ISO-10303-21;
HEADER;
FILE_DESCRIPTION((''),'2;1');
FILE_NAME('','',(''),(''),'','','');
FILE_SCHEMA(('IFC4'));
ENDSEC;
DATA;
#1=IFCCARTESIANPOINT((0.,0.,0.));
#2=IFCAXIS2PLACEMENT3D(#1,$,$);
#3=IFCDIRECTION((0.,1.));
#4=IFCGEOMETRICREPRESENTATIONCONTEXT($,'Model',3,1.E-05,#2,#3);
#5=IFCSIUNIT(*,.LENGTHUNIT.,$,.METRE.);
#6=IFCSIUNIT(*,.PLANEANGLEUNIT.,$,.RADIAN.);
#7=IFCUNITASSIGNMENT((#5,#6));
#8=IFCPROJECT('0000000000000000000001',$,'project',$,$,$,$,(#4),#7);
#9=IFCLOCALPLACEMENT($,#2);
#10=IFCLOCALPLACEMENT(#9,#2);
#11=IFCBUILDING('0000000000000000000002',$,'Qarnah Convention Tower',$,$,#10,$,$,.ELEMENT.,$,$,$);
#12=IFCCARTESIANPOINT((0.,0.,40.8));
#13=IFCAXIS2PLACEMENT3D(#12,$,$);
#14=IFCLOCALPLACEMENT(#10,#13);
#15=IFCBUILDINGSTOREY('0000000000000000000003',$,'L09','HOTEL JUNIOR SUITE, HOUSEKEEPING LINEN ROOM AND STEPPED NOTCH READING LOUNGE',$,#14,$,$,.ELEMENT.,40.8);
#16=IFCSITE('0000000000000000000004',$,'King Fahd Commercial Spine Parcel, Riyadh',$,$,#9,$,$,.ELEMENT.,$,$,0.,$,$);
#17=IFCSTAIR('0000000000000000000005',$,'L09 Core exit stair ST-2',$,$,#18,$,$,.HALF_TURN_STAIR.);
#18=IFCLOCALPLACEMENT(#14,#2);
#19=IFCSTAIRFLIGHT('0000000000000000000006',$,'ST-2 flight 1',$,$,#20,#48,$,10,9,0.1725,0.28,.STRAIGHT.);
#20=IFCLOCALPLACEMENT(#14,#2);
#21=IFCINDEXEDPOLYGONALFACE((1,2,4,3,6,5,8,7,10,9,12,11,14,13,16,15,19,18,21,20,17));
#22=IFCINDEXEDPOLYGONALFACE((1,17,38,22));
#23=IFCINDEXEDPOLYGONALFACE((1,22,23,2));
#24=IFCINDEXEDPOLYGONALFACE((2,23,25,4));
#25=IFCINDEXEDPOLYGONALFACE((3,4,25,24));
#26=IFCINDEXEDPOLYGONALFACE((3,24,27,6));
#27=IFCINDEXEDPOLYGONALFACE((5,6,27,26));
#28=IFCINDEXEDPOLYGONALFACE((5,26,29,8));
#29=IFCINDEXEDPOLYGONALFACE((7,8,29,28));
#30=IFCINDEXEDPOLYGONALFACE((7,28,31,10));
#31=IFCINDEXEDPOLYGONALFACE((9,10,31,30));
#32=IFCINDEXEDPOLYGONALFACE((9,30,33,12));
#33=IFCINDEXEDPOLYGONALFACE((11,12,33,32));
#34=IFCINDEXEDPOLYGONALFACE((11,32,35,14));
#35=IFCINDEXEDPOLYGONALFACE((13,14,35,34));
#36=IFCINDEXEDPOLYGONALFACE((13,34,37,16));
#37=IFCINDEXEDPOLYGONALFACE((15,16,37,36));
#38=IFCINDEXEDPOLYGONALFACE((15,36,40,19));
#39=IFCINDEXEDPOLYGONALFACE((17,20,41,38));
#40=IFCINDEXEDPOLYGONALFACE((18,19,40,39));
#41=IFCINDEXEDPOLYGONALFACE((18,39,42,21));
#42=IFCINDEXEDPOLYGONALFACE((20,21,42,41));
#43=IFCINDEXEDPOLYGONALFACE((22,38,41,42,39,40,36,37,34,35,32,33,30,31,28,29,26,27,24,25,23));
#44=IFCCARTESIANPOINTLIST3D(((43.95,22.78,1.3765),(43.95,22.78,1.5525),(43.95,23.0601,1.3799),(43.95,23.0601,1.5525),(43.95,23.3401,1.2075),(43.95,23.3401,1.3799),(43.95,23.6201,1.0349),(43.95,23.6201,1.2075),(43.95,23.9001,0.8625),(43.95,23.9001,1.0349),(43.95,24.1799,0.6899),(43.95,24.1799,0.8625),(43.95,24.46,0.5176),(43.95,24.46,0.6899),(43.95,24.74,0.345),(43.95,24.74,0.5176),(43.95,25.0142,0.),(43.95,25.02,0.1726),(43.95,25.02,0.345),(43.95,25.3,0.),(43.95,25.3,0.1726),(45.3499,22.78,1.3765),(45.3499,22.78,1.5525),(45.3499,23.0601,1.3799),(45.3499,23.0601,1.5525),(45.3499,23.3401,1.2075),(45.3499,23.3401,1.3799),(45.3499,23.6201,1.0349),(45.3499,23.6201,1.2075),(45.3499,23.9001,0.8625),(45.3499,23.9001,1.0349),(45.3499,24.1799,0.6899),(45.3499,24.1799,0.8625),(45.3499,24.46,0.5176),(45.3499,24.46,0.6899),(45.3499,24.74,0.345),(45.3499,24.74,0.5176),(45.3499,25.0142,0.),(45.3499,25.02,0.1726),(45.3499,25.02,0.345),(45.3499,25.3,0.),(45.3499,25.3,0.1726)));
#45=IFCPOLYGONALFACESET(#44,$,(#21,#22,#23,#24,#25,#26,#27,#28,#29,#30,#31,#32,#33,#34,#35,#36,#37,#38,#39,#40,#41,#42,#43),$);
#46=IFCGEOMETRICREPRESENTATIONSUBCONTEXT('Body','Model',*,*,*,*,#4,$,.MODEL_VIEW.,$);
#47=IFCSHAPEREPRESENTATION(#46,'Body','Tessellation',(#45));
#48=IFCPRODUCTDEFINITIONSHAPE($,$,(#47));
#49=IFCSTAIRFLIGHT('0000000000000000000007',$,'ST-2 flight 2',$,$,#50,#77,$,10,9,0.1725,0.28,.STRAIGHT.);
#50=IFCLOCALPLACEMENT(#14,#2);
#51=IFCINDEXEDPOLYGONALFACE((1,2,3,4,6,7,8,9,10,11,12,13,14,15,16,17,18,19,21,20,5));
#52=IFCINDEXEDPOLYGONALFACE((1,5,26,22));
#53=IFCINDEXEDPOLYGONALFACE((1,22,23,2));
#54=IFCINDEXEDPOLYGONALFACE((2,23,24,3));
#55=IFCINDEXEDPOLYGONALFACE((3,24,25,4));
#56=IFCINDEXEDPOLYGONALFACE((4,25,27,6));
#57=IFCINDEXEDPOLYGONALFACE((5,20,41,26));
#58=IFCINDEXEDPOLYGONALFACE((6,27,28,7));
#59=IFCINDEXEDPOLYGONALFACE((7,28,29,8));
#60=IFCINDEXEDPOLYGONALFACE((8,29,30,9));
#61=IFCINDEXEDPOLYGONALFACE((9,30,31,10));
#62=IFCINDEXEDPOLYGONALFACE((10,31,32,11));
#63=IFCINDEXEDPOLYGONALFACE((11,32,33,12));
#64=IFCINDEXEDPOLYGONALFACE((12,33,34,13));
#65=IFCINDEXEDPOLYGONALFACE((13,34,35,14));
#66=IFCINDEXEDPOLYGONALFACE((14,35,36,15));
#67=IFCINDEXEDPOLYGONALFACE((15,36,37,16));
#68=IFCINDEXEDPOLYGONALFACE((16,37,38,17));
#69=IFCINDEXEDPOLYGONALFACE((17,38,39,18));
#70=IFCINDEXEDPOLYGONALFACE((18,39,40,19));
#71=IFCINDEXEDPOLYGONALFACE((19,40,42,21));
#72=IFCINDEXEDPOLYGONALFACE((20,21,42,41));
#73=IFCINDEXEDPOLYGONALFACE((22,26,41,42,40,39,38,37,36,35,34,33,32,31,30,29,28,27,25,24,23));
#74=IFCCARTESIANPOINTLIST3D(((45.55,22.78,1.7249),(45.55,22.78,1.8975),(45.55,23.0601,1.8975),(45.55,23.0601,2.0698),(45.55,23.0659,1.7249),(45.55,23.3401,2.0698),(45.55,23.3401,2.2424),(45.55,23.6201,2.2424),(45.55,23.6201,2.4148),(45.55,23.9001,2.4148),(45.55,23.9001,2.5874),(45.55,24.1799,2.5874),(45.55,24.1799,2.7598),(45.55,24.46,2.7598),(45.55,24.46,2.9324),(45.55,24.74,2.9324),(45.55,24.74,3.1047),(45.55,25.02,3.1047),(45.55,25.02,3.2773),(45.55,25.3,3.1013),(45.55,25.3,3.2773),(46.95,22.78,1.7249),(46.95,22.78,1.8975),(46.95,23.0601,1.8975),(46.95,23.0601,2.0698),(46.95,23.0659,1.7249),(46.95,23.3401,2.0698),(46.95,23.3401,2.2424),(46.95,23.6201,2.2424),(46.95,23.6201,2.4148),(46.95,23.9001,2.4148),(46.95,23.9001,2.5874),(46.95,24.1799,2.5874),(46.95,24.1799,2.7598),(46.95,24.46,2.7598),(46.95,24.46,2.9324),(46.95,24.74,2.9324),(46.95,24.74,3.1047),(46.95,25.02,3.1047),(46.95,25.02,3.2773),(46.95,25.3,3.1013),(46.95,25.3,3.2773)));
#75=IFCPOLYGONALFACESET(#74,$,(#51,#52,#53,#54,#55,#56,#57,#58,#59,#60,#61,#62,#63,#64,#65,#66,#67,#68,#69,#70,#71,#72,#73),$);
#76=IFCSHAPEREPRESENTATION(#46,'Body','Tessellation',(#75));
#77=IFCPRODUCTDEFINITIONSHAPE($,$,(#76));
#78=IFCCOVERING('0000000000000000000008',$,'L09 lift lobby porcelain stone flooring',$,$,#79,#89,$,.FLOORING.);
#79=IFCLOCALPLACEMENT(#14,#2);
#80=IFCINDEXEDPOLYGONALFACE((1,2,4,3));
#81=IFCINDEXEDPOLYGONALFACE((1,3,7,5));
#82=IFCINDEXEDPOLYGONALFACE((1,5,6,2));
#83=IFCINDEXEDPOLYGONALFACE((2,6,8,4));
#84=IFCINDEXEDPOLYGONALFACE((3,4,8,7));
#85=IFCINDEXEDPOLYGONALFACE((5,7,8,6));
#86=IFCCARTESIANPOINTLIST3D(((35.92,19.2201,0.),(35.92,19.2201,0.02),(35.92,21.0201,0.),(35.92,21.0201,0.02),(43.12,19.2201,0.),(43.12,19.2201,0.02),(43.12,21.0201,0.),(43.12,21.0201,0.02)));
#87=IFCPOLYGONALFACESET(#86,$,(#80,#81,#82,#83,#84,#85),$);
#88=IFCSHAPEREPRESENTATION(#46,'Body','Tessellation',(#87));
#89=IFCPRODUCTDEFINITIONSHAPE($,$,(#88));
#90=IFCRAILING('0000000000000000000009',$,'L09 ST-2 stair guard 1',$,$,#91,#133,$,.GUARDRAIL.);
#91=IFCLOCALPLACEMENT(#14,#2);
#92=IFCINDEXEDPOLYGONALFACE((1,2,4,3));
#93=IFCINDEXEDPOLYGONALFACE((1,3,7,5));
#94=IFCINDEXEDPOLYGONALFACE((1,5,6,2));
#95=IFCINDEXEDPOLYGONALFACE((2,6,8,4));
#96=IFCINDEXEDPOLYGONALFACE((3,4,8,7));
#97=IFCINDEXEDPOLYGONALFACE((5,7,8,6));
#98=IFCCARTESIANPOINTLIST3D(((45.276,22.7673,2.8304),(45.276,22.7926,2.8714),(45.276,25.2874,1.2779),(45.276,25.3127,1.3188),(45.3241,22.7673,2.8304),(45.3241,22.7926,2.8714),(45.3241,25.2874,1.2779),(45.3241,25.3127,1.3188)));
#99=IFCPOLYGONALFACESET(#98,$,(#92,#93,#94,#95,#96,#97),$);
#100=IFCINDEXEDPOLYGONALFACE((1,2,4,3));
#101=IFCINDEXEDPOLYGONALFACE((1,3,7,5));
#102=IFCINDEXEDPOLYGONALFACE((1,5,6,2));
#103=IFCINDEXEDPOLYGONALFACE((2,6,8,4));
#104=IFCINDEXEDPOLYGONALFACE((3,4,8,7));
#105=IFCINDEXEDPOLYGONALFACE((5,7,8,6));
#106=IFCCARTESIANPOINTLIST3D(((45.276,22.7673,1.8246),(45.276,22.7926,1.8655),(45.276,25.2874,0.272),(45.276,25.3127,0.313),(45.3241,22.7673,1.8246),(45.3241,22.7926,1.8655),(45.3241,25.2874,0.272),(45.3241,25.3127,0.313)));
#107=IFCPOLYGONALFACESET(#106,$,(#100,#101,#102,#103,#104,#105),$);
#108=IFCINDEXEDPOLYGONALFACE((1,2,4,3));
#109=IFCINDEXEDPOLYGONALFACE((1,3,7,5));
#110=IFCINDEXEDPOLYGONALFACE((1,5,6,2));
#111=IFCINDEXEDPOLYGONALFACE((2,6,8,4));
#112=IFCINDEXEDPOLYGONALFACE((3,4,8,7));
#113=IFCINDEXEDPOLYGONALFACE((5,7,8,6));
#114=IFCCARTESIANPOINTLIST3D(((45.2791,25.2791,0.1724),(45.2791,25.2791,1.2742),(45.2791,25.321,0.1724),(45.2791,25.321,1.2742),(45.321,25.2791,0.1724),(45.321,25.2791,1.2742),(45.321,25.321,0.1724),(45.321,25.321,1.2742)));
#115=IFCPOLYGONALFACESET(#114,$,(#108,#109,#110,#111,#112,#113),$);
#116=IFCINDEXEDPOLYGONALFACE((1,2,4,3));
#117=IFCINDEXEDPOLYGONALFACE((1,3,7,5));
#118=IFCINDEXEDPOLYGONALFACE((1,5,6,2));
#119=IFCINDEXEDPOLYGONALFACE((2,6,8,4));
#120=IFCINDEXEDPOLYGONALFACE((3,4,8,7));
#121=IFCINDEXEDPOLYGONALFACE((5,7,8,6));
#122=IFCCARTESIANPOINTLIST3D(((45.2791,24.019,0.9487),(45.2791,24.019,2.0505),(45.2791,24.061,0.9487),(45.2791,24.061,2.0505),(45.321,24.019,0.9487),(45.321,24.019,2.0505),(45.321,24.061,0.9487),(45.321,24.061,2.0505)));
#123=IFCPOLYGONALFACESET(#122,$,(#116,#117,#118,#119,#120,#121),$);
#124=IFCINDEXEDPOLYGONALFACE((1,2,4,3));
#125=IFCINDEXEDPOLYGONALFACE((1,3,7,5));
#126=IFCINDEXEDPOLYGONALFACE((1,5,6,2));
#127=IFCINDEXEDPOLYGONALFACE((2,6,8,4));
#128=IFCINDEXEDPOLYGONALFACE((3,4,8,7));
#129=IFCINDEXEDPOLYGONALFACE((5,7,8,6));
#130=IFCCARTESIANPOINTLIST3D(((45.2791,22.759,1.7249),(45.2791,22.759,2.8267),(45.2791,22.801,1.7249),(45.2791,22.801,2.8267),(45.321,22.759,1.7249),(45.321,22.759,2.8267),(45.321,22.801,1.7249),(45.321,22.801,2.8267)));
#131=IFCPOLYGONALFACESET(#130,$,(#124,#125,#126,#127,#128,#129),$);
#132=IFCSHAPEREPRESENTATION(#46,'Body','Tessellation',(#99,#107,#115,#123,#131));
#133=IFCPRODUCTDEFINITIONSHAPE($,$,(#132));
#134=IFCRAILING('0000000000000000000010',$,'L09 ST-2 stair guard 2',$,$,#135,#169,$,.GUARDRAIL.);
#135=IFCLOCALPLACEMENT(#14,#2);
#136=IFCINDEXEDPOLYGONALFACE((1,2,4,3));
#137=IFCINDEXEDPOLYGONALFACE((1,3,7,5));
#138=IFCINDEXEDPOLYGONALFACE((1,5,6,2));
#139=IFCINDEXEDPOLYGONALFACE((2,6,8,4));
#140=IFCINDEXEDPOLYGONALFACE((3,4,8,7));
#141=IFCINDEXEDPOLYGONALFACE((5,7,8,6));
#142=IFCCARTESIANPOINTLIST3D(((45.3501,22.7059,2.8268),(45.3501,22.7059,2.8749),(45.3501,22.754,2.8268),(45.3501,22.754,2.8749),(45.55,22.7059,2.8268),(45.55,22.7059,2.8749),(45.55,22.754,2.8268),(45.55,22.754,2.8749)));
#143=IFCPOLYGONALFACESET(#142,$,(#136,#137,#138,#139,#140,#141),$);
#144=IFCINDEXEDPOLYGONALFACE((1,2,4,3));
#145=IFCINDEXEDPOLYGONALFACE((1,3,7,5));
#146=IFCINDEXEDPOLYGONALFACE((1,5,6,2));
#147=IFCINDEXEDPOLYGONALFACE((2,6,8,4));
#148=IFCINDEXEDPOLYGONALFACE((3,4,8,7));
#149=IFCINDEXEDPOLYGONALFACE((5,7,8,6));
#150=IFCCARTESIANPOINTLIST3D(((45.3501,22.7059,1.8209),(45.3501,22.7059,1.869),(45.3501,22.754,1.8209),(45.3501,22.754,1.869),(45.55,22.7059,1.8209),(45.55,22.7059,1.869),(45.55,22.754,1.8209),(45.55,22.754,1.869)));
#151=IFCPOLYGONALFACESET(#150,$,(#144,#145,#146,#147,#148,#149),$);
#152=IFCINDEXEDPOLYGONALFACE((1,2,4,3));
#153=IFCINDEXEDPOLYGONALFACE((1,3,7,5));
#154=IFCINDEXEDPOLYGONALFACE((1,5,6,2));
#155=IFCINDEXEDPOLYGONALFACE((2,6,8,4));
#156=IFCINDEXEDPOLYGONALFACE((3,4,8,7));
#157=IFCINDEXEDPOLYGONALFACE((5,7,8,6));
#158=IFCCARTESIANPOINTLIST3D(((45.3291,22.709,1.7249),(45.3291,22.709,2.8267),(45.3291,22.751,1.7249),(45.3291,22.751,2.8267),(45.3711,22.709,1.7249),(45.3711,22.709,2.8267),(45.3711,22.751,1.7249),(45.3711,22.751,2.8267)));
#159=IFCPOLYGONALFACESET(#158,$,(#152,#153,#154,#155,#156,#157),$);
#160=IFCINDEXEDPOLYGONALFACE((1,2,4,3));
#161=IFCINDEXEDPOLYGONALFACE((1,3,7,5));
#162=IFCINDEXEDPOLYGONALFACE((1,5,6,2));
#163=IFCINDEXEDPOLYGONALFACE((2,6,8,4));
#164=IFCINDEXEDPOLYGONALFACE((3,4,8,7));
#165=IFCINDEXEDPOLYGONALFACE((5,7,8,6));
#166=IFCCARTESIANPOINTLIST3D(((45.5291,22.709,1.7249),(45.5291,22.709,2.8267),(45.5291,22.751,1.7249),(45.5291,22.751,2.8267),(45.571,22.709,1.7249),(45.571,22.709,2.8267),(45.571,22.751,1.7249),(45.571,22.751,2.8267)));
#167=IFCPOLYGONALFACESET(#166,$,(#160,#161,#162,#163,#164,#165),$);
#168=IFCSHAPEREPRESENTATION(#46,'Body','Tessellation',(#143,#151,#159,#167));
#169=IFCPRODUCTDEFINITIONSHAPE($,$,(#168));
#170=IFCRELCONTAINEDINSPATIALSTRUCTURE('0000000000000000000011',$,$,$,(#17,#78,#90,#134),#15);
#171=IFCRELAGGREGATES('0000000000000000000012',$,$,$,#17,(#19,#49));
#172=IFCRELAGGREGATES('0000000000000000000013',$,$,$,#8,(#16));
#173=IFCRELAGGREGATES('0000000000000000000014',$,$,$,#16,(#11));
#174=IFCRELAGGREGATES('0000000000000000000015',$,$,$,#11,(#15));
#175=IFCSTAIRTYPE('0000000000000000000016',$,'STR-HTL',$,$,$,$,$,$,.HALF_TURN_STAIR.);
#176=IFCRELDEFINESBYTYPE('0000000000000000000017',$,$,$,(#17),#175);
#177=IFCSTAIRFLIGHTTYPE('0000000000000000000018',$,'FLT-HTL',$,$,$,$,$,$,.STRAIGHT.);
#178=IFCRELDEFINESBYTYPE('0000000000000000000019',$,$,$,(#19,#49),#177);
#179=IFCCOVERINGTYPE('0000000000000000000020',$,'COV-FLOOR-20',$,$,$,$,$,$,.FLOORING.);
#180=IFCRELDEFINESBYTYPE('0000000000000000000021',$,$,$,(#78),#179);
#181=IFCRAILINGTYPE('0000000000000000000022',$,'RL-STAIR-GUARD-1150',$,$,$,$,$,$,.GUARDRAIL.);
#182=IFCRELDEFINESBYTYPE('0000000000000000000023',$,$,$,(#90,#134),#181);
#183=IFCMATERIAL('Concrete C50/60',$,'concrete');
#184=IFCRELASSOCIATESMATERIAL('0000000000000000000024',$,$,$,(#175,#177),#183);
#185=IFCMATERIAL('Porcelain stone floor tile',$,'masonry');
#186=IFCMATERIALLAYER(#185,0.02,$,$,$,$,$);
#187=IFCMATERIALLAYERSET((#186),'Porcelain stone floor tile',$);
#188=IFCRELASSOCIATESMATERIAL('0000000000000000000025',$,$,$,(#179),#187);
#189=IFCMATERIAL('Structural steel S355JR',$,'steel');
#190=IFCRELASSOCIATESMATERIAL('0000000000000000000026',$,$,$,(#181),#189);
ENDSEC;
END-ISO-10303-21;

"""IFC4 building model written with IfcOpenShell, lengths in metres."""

from ifc_helpers import new_model, si_unit, direction, frame, origin, origin_2d, place, context, subcontext, project, spatial, polyline, rectangle, outline, extrude, material, layer, layer_set, type_object, element, aggregate, save


model = new_model("IFC4")

# Units and contexts
model_context = context("Model", 3, precision=1e-05, world=origin(), true_north=direction((0.0, 1.0)))
body_context = subcontext(model_context, "Body", "Model", "MODEL_VIEW")
ifc_project = project(units=[si_unit("LENGTHUNIT", "METRE"), si_unit("PLANEANGLEUNIT", "RADIAN")], contexts=[model_context])

# Site, building, storey
site_placement = place(None, origin())
site = spatial("IfcSite", under=ifc_project, at=site_placement, Name="King Fahd Commercial Spine Parcel, Riyadh", CompositionType="ELEMENT", RefElevation=0.0)
building_placement = place(site_placement, origin())
building = spatial("IfcBuilding", under=site, at=building_placement, Name="Qarnah Convention Tower", CompositionType="ELEMENT")
storey_placement = place(building_placement, frame((0.0, 0.0, 40.8)))
storey = spatial("IfcBuildingStorey", under=building, at=storey_placement, Name="L09", Description="HOTEL JUNIOR SUITE, HOUSEKEEPING LINEN ROOM AND STEPPED NOTCH READING LOUNGE", CompositionType="ELEMENT", Elevation=40.8)

# Shared definitions
ifc_material_1 = material(Name="Structural steel S355JR", Category="steel")

# Stair, stair flights
ifc_material_2 = material(Name="Concrete C50/60", Category="concrete")
stair_type = type_object("IfcStairType", Name="STR-HTL", PredefinedType="HALF_TURN_STAIR", material=ifc_material_2)
stair_placement = place(storey_placement, origin())
stair = element("IfcStair", 1, at=stair_placement, inside=storey, type_object=stair_type, Name="L09 Core exit stair ST-2", PredefinedType="HALF_TURN_STAIR")
stair_flight_type = type_object("IfcStairFlightType", Name="FLT-HTL", PredefinedType="STRAIGHT", material=ifc_material_2)
stair_flight_1_placement = place(storey_placement, frame((44.6499, 25.3, 0.0), z_axis=(0.0, 0.0, 1.0), x_axis=(0.0, -1.0, 0.0)))
stair_flight_1 = element("IfcStairFlight", 2, at=stair_flight_1_placement, type_object=stair_flight_type, Name="ST-2 flight 1", NumberOfRisers=10, NumberOfTreads=9, PredefinedType="STRAIGHT", RiserHeight=0.1725, TreadLength=0.28, context=body_context, shape_type="SweptSolid", body=[
    extrude(outline(polyline([(0.0, 0.0), (0.0, 0.1726), (0.28, 0.1726), (0.28, 0.345), (0.5601, 0.345), (0.5601, 0.5176), (0.8401, 0.5176), (0.8401, 0.6899), (1.1201, 0.6899), (1.1201, 0.8625), (1.3999, 0.8625), (1.3999, 1.0349), (1.6799, 1.0349), (1.6799, 1.2075), (1.96, 1.2075), (1.96, 1.3799), (2.24, 1.3799), (2.24, 1.5525), (2.52, 1.5525), (2.52, 1.7251), (2.52, 1.3765), (0.2859, 0.0), (0.0, 0.0)])), frame((0.0, 0.7, 0.0), z_axis=(0.0, -1.0, 0.0), x_axis=(1.0, 0.0, 0.0)), (0.0, 0.0, 1.0), 1.3999),
])
stair_flight_2_placement = place(storey_placement, frame((46.25, 22.78, 1.7249), z_axis=(0.0, 0.0, 1.0), x_axis=(0.0, 1.0, 0.0)))
stair_flight_2 = element("IfcStairFlight", 3, at=stair_flight_2_placement, type_object=stair_flight_type, Name="ST-2 flight 2", NumberOfRisers=10, NumberOfTreads=9, PredefinedType="STRAIGHT", RiserHeight=0.1725, TreadLength=0.28, context=body_context, shape_type="SweptSolid", body=[
    extrude(outline(polyline([(0.0, 0.0), (0.0, 0.1726), (0.28, 0.1726), (0.28, 0.345), (0.5601, 0.345), (0.5601, 0.5176), (0.8401, 0.5176), (0.8401, 0.6899), (1.1201, 0.6899), (1.1201, 0.8625), (1.3999, 0.8625), (1.3999, 1.0349), (1.6799, 1.0349), (1.6799, 1.2075), (1.96, 1.2075), (1.96, 1.3799), (2.24, 1.3799), (2.24, 1.5525), (2.52, 1.5525), (2.52, 1.7251), (2.52, 1.3765), (0.2859, 0.0), (0.0, 0.0)])), frame((0.0, 0.7, 0.0), z_axis=(0.0, -1.0, 0.0), x_axis=(1.0, 0.0, 0.0)), (0.0, 0.0, 1.0), 1.3999),
])
aggregate(stair, [stair_flight_1, stair_flight_2])

# Covering
ifc_material_3 = material(Name="Porcelain stone floor tile", Category="masonry")
ifc_layer_1 = layer(ifc_material_3, 0.02)
ifc_layer_set_1 = layer_set([ifc_layer_1], Name="Porcelain stone floor tile")
covering_type = type_object("IfcCoveringType", Name="COV-FLOOR-20", PredefinedType="FLOORING", material=ifc_layer_set_1)
covering_placement = place(storey_placement, frame((39.52, 20.1201, 0.0), z_axis=(0.0, 0.0, 1.0), x_axis=(1.0, 0.0, 0.0)))
element("IfcCovering", 4, at=covering_placement, inside=storey, type_object=covering_type, Name="L09 lift lobby porcelain stone flooring", PredefinedType="FLOORING", context=body_context, shape_type="SweptSolid", body=[
    extrude(rectangle(XDim=7.2, YDim=1.8, at=origin_2d()), origin(), (0.0, 0.0, 1.0), 0.02),
])

# Railings
railing_type_1 = type_object("IfcRailingType", Name="RL-STAIR-GUARD-1150", PredefinedType="GUARDRAIL", material=ifc_material_1)
railing_1_placement = place(storey_placement, frame((45.3, 25.3, 0.1724)))
element("IfcRailing", 5, at=railing_1_placement, inside=storey, type_object=railing_type_1, Name="L09 ST-2 stair guard 1", PredefinedType="GUARDRAIL", context=body_context, shape_type="SweptSolid", body=[
    extrude(rectangle(XDim=0.0481, YDim=0.0481, at=origin_2d()), frame((0.0, 0.0, 1.126), z_axis=(0.0, -0.8514, 0.524516), x_axis=(1.0, 0.0, 0.0)), (0.0, 0.0, 1.0), 2.96),
    extrude(rectangle(XDim=0.0481, YDim=0.0481, at=origin_2d()), frame((0.0, 0.0, 0.1201), z_axis=(0.0, -0.8514, 0.524516), x_axis=(1.0, 0.0, 0.0)), (0.0, 0.0, 1.0), 2.96),
    extrude(rectangle(XDim=0.042, YDim=0.042, at=origin_2d()), origin(), (0.0, 0.0, 1.0), 1.1018),
    extrude(rectangle(XDim=0.042, YDim=0.042, at=origin_2d()), frame((0.0, -1.26, 0.7764)), (0.0, 0.0, 1.0), 1.1018),
    extrude(rectangle(XDim=0.042, YDim=0.042, at=origin_2d()), frame((0.0, -2.52, 1.5525)), (0.0, 0.0, 1.0), 1.1018),
])
railing_2_placement = place(storey_placement, frame((45.3501, 22.73, 1.7249)))
element("IfcRailing", 6, at=railing_2_placement, inside=storey, type_object=railing_type_1, Name="L09 ST-2 stair guard 2", PredefinedType="GUARDRAIL", context=body_context, shape_type="SweptSolid", body=[
    extrude(rectangle(XDim=0.0481, YDim=0.0481, at=origin_2d()), frame((0.0, 0.0, 1.126), z_axis=(1.0, 0.0, 0.0), x_axis=(0.0, 1.0, 0.0)), (0.0, 0.0, 1.0), 0.2),
    extrude(rectangle(XDim=0.0481, YDim=0.0481, at=origin_2d()), frame((0.0, 0.0, 0.1201), z_axis=(1.0, 0.0, 0.0), x_axis=(0.0, 1.0, 0.0)), (0.0, 0.0, 1.0), 0.2),
    extrude(rectangle(XDim=0.042, YDim=0.042, at=origin_2d()), origin(), (0.0, 0.0, 1.0), 1.1018),
    extrude(rectangle(XDim=0.042, YDim=0.042, at=origin_2d()), frame((0.2, 0.0, 0.0)), (0.0, 0.0, 1.0), 1.1018),
])

save(model, "model.ifc")
